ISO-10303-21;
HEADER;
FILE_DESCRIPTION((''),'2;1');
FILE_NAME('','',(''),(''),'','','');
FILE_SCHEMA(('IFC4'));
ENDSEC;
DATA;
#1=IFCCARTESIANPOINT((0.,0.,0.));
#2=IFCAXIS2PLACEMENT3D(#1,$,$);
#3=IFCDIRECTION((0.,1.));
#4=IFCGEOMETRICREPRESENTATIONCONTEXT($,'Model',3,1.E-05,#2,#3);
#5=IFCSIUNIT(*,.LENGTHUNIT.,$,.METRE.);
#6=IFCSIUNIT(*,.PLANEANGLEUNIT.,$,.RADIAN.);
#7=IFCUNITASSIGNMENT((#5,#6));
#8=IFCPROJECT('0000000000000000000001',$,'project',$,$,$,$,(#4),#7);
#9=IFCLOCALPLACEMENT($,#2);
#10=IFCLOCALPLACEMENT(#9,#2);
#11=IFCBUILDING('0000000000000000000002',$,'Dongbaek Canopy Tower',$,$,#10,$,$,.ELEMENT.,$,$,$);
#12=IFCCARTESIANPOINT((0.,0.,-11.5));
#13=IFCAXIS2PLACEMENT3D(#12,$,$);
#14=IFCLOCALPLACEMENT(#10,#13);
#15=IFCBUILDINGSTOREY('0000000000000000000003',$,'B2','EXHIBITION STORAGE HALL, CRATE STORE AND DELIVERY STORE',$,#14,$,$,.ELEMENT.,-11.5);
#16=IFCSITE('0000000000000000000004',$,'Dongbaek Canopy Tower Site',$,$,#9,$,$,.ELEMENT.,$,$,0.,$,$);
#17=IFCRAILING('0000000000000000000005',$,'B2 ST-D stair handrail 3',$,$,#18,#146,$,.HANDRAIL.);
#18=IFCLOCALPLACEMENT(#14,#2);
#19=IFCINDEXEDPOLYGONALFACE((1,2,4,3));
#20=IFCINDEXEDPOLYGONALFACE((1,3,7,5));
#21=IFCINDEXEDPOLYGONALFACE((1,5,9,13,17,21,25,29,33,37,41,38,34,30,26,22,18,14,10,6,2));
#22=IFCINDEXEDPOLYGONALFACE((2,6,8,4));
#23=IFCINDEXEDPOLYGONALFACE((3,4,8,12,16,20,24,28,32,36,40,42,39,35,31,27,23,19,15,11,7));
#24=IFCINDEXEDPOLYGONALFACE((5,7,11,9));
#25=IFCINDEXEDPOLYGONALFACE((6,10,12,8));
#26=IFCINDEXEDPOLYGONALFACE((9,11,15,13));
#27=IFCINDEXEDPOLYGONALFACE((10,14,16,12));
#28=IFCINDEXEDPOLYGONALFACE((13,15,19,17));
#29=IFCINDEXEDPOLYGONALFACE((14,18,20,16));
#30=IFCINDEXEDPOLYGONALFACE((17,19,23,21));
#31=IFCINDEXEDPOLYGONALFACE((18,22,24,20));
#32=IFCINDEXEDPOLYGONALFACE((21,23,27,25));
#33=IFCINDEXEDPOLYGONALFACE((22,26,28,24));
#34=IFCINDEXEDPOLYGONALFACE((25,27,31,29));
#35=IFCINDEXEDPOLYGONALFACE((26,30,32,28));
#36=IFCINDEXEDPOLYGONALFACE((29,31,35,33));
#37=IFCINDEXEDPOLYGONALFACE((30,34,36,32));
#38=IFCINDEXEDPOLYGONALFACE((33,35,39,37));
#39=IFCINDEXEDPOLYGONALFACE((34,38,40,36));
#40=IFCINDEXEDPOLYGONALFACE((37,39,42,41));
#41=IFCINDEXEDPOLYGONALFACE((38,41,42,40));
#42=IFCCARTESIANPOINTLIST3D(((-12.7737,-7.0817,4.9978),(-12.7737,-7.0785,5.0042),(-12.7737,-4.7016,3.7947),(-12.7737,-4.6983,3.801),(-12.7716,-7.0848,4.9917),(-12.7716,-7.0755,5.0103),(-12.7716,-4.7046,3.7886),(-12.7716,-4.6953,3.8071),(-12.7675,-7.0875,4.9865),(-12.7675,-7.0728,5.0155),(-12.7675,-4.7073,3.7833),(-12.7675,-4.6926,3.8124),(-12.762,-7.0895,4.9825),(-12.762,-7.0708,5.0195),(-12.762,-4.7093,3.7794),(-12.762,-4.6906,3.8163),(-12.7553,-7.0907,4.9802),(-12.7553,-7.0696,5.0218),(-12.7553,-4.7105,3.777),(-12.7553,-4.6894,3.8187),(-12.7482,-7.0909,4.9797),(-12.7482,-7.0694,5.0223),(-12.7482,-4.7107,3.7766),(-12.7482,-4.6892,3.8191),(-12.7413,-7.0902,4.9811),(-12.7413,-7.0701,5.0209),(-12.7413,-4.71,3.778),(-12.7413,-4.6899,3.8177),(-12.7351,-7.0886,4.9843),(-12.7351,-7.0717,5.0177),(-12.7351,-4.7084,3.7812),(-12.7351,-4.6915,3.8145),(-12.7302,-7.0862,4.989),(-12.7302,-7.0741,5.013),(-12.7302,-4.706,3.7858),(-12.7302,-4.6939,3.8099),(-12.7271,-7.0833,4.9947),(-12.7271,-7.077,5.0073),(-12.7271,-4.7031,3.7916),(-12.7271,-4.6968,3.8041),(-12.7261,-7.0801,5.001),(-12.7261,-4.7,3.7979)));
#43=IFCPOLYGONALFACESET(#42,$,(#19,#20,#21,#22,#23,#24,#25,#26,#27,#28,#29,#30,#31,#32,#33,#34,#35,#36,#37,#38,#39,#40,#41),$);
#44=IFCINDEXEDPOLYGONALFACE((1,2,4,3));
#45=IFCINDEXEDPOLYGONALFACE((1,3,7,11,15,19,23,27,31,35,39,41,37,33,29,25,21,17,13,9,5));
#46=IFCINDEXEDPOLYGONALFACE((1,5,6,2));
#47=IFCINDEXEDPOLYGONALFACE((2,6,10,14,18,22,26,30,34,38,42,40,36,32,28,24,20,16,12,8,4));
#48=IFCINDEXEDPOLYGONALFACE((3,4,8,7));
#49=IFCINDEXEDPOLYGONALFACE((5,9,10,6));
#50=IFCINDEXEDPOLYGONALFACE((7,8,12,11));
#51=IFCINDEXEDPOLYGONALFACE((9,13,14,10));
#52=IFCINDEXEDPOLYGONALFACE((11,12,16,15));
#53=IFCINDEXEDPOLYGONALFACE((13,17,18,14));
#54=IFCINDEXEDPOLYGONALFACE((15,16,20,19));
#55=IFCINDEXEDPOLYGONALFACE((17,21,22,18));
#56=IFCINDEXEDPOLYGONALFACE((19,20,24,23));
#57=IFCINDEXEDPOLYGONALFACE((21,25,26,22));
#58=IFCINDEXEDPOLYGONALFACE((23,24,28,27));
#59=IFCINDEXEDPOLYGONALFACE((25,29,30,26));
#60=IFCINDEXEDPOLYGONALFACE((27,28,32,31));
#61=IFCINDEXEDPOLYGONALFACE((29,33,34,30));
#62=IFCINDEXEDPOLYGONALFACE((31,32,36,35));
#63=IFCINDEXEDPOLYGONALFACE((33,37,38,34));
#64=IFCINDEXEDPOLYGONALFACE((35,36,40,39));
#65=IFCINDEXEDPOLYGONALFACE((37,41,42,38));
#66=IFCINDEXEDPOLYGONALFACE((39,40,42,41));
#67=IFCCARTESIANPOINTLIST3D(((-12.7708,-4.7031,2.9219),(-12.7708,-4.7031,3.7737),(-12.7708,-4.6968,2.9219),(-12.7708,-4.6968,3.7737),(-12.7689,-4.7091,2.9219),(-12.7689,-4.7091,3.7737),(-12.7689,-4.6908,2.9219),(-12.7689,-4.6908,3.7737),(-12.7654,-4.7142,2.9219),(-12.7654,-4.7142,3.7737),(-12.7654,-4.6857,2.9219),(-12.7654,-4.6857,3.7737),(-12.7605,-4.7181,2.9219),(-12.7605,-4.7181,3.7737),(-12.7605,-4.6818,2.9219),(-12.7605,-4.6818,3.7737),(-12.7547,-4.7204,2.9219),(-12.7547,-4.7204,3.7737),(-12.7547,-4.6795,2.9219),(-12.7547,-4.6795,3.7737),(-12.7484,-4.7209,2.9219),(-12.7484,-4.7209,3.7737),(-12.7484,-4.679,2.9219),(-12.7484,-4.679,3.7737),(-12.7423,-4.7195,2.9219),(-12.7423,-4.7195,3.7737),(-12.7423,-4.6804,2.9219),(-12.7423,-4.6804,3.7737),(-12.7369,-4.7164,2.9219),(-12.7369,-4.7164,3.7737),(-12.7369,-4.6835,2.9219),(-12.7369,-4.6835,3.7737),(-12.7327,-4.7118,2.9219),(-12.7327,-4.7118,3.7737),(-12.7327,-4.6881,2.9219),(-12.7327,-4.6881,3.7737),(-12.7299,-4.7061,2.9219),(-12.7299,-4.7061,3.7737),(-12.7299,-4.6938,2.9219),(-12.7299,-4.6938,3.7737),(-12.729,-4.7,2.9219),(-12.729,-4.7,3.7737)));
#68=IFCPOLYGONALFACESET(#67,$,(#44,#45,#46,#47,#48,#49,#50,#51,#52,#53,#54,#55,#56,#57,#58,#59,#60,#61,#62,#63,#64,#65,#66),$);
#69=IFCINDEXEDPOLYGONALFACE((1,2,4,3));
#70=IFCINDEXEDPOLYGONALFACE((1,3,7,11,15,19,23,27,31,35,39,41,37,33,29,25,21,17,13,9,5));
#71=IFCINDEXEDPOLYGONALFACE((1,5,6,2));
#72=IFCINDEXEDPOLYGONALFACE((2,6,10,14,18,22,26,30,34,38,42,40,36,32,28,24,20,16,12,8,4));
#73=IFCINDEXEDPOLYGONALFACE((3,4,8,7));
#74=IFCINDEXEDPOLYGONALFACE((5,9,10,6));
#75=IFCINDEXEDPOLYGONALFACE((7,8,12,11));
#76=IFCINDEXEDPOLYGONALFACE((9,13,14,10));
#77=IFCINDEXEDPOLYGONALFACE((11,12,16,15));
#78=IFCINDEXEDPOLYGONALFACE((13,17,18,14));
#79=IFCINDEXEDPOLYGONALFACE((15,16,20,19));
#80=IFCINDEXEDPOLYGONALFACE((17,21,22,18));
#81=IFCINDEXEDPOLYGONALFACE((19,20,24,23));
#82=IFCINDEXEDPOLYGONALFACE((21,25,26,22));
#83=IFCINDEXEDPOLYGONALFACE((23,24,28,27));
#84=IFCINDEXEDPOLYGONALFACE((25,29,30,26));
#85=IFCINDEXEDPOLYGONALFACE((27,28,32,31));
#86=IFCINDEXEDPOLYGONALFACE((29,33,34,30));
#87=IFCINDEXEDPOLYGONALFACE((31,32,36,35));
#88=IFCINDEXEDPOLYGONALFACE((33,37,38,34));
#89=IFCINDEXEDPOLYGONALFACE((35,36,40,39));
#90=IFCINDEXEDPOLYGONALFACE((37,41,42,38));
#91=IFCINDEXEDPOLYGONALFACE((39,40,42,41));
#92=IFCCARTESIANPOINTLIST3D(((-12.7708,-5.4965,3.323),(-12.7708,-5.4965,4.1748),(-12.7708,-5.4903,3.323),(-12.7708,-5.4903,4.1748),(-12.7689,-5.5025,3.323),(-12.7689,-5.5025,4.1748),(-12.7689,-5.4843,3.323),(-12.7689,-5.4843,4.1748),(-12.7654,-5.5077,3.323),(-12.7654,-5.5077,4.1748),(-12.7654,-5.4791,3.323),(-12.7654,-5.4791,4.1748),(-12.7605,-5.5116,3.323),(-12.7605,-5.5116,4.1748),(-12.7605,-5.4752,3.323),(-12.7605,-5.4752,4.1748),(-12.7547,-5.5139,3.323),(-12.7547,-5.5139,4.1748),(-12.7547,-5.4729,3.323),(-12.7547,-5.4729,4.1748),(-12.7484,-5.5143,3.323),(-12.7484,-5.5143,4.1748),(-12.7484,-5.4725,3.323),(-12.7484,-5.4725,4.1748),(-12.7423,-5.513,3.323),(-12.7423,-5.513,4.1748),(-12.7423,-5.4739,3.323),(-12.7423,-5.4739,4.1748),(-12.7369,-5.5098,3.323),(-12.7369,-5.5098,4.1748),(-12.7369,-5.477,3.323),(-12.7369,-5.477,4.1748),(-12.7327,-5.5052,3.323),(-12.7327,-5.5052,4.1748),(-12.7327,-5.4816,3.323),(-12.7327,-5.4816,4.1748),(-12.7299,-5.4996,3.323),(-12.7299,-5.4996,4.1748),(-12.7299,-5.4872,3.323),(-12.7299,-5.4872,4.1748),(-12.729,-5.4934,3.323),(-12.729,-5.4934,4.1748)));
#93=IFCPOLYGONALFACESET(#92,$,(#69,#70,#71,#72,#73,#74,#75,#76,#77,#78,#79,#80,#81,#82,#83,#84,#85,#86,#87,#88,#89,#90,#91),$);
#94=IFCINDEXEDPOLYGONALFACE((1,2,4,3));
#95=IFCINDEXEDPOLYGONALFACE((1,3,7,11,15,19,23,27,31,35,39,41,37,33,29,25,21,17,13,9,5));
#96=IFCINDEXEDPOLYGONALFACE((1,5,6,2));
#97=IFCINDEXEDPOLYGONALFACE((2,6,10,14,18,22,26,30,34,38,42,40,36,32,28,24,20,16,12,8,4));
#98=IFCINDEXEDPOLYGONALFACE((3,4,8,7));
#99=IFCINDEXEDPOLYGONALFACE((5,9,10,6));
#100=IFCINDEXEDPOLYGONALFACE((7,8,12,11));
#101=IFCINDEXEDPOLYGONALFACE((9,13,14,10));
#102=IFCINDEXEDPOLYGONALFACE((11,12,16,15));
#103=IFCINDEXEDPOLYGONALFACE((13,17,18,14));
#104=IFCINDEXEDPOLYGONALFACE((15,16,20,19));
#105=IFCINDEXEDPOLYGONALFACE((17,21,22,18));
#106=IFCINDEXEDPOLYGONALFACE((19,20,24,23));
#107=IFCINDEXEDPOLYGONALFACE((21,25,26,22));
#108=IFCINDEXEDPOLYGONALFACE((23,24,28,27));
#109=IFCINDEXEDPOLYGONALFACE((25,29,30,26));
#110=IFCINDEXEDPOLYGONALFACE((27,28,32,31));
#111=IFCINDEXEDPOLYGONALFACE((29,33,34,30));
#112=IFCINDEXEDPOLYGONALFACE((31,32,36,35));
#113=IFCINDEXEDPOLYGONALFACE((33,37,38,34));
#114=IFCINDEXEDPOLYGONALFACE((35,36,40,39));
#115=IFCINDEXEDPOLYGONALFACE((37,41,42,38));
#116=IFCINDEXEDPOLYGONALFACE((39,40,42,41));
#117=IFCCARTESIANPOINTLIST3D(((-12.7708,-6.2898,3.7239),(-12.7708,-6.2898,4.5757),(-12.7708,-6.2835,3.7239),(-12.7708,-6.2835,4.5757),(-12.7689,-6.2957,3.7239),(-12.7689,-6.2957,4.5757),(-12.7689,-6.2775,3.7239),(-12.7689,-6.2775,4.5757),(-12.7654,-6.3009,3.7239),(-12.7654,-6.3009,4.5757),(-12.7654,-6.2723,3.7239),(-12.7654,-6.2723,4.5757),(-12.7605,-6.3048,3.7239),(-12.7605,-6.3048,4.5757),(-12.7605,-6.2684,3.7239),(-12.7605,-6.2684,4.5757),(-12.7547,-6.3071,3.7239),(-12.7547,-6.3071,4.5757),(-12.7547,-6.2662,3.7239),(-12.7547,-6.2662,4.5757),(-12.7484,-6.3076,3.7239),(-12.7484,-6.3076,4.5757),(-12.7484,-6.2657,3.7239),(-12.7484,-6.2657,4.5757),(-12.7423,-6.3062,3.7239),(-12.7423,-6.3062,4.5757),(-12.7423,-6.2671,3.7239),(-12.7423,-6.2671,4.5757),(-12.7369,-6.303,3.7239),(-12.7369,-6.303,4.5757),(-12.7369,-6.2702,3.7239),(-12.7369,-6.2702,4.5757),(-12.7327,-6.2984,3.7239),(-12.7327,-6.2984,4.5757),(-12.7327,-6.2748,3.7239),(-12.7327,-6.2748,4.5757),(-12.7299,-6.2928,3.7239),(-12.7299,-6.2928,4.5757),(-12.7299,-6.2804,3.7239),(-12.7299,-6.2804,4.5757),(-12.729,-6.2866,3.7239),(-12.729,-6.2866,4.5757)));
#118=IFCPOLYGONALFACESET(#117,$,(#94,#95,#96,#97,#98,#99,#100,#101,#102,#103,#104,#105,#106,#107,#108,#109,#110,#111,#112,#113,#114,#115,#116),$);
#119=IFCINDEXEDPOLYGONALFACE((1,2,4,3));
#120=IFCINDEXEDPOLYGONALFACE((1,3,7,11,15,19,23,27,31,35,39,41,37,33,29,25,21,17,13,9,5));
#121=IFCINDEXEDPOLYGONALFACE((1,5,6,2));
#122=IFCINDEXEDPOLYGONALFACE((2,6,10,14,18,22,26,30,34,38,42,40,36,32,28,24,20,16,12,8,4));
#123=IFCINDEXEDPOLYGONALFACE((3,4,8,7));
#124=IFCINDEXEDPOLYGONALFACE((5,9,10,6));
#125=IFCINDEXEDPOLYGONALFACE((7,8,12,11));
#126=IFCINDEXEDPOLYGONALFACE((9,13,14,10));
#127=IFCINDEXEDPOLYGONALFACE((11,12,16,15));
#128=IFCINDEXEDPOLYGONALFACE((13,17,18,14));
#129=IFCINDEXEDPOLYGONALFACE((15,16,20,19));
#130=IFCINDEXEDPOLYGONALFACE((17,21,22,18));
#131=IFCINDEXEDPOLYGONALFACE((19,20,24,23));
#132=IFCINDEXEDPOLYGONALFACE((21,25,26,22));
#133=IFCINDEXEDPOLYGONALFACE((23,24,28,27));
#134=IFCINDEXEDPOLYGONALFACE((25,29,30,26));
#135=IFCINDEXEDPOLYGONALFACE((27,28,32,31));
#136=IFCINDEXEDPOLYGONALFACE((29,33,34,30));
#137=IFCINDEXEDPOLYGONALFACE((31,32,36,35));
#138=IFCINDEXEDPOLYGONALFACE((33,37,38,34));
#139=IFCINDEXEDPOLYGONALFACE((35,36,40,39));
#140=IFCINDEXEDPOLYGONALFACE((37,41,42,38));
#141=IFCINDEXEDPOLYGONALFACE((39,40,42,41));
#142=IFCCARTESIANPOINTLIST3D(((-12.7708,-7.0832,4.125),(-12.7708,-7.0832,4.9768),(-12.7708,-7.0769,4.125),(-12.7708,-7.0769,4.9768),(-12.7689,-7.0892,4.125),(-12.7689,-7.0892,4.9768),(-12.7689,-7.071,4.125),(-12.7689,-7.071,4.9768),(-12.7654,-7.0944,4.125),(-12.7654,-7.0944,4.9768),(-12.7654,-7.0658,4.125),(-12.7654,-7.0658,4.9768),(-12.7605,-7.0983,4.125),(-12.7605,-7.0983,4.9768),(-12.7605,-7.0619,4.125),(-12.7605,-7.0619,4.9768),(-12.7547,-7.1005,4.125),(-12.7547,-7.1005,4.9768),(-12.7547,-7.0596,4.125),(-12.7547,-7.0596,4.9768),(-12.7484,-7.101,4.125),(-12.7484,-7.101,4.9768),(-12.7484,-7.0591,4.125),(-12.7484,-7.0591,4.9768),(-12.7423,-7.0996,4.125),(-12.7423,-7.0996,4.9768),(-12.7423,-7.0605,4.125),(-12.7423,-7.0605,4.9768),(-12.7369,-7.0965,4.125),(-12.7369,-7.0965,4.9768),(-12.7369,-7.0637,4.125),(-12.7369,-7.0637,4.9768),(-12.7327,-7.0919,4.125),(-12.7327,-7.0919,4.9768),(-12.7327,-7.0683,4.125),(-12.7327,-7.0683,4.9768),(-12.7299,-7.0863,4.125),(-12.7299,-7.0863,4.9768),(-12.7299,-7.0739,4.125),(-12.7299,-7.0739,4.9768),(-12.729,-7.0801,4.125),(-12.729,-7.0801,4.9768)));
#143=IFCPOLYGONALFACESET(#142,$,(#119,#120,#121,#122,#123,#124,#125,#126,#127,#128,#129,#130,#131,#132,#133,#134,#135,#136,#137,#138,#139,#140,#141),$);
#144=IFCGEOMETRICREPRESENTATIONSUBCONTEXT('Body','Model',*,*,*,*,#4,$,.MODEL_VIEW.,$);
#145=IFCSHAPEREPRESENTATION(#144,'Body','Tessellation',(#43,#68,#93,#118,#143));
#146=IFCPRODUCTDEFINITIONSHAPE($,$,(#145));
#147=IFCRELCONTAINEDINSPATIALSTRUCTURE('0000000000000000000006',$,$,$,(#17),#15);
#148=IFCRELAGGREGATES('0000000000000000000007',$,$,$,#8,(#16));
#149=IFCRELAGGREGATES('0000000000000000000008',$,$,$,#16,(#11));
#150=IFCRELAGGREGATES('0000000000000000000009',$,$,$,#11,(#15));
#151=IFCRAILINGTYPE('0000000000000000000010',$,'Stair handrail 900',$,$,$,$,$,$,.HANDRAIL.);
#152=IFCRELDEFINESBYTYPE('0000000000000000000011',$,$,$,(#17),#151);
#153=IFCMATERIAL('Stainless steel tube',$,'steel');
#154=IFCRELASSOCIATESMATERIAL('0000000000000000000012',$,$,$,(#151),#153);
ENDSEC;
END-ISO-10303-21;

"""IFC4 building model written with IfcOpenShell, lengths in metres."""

from ifc_helpers import new_model, si_unit, direction, frame, origin, origin_2d, place, context, subcontext, project, spatial, circle, extrude, material, type_object, element, save


model = new_model("IFC4")

# Units and contexts
model_context = context("Model", 3, precision=1e-05, world=origin(), true_north=direction((0.0, 1.0)))
body_context = subcontext(model_context, "Body", "Model", "MODEL_VIEW")
ifc_project = project(units=[si_unit("LENGTHUNIT", "METRE"), si_unit("PLANEANGLEUNIT", "RADIAN")], contexts=[model_context])

# Site, building, storey
site_placement = place(None, origin())
site = spatial("IfcSite", under=ifc_project, at=site_placement, Name="Dongbaek Canopy Tower Site", CompositionType="ELEMENT", RefElevation=0.0)
building_placement = place(site_placement, origin())
building = spatial("IfcBuilding", under=site, at=building_placement, Name="Dongbaek Canopy Tower", CompositionType="ELEMENT")
storey_placement = place(building_placement, frame((0.0, 0.0, -11.5)))
storey = spatial("IfcBuildingStorey", under=building, at=storey_placement, Name="B2", Description="EXHIBITION STORAGE HALL, CRATE STORE AND DELIVERY STORE", CompositionType="ELEMENT", Elevation=-11.5)

# Railing
ifc_material_1 = material(Name="Stainless steel tube", Category="steel")
railing_type_1 = type_object("IfcRailingType", Name="Stair handrail 900", PredefinedType="HANDRAIL", material=ifc_material_1)
railing_1_placement = place(storey_placement, frame((-12.75, -4.7, 2.9219)))
element("IfcRailing", 1, at=railing_1_placement, inside=storey, type_object=railing_type_1, Name="B2 ST-D stair handrail 3", PredefinedType="HANDRAIL", context=body_context, shape_type="SweptSolid", body=[
    extrude(circle(Radius=0.0239, at=origin_2d()), frame((0.0, 0.0, 0.876), z_axis=(0.0, -0.89246, 0.451127), x_axis=(1.0, 0.0, 0.0)), (0.0, 0.0, 1.0), 2.667),
    extrude(circle(Radius=0.021, at=origin_2d()), origin(), (0.0, 0.0, 1.0), 0.8518),
    extrude(circle(Radius=0.021, at=origin_2d()), frame((0.0, -0.7935, 0.4011)), (0.0, 0.0, 1.0), 0.8518),
    extrude(circle(Radius=0.021, at=origin_2d()), frame((0.0, -1.5867, 0.802)), (0.0, 0.0, 1.0), 0.8518),
    extrude(circle(Radius=0.021, at=origin_2d()), frame((0.0, -2.3801, 1.2031)), (0.0, 0.0, 1.0), 0.8518),
])

save(model, "model.ifc")
